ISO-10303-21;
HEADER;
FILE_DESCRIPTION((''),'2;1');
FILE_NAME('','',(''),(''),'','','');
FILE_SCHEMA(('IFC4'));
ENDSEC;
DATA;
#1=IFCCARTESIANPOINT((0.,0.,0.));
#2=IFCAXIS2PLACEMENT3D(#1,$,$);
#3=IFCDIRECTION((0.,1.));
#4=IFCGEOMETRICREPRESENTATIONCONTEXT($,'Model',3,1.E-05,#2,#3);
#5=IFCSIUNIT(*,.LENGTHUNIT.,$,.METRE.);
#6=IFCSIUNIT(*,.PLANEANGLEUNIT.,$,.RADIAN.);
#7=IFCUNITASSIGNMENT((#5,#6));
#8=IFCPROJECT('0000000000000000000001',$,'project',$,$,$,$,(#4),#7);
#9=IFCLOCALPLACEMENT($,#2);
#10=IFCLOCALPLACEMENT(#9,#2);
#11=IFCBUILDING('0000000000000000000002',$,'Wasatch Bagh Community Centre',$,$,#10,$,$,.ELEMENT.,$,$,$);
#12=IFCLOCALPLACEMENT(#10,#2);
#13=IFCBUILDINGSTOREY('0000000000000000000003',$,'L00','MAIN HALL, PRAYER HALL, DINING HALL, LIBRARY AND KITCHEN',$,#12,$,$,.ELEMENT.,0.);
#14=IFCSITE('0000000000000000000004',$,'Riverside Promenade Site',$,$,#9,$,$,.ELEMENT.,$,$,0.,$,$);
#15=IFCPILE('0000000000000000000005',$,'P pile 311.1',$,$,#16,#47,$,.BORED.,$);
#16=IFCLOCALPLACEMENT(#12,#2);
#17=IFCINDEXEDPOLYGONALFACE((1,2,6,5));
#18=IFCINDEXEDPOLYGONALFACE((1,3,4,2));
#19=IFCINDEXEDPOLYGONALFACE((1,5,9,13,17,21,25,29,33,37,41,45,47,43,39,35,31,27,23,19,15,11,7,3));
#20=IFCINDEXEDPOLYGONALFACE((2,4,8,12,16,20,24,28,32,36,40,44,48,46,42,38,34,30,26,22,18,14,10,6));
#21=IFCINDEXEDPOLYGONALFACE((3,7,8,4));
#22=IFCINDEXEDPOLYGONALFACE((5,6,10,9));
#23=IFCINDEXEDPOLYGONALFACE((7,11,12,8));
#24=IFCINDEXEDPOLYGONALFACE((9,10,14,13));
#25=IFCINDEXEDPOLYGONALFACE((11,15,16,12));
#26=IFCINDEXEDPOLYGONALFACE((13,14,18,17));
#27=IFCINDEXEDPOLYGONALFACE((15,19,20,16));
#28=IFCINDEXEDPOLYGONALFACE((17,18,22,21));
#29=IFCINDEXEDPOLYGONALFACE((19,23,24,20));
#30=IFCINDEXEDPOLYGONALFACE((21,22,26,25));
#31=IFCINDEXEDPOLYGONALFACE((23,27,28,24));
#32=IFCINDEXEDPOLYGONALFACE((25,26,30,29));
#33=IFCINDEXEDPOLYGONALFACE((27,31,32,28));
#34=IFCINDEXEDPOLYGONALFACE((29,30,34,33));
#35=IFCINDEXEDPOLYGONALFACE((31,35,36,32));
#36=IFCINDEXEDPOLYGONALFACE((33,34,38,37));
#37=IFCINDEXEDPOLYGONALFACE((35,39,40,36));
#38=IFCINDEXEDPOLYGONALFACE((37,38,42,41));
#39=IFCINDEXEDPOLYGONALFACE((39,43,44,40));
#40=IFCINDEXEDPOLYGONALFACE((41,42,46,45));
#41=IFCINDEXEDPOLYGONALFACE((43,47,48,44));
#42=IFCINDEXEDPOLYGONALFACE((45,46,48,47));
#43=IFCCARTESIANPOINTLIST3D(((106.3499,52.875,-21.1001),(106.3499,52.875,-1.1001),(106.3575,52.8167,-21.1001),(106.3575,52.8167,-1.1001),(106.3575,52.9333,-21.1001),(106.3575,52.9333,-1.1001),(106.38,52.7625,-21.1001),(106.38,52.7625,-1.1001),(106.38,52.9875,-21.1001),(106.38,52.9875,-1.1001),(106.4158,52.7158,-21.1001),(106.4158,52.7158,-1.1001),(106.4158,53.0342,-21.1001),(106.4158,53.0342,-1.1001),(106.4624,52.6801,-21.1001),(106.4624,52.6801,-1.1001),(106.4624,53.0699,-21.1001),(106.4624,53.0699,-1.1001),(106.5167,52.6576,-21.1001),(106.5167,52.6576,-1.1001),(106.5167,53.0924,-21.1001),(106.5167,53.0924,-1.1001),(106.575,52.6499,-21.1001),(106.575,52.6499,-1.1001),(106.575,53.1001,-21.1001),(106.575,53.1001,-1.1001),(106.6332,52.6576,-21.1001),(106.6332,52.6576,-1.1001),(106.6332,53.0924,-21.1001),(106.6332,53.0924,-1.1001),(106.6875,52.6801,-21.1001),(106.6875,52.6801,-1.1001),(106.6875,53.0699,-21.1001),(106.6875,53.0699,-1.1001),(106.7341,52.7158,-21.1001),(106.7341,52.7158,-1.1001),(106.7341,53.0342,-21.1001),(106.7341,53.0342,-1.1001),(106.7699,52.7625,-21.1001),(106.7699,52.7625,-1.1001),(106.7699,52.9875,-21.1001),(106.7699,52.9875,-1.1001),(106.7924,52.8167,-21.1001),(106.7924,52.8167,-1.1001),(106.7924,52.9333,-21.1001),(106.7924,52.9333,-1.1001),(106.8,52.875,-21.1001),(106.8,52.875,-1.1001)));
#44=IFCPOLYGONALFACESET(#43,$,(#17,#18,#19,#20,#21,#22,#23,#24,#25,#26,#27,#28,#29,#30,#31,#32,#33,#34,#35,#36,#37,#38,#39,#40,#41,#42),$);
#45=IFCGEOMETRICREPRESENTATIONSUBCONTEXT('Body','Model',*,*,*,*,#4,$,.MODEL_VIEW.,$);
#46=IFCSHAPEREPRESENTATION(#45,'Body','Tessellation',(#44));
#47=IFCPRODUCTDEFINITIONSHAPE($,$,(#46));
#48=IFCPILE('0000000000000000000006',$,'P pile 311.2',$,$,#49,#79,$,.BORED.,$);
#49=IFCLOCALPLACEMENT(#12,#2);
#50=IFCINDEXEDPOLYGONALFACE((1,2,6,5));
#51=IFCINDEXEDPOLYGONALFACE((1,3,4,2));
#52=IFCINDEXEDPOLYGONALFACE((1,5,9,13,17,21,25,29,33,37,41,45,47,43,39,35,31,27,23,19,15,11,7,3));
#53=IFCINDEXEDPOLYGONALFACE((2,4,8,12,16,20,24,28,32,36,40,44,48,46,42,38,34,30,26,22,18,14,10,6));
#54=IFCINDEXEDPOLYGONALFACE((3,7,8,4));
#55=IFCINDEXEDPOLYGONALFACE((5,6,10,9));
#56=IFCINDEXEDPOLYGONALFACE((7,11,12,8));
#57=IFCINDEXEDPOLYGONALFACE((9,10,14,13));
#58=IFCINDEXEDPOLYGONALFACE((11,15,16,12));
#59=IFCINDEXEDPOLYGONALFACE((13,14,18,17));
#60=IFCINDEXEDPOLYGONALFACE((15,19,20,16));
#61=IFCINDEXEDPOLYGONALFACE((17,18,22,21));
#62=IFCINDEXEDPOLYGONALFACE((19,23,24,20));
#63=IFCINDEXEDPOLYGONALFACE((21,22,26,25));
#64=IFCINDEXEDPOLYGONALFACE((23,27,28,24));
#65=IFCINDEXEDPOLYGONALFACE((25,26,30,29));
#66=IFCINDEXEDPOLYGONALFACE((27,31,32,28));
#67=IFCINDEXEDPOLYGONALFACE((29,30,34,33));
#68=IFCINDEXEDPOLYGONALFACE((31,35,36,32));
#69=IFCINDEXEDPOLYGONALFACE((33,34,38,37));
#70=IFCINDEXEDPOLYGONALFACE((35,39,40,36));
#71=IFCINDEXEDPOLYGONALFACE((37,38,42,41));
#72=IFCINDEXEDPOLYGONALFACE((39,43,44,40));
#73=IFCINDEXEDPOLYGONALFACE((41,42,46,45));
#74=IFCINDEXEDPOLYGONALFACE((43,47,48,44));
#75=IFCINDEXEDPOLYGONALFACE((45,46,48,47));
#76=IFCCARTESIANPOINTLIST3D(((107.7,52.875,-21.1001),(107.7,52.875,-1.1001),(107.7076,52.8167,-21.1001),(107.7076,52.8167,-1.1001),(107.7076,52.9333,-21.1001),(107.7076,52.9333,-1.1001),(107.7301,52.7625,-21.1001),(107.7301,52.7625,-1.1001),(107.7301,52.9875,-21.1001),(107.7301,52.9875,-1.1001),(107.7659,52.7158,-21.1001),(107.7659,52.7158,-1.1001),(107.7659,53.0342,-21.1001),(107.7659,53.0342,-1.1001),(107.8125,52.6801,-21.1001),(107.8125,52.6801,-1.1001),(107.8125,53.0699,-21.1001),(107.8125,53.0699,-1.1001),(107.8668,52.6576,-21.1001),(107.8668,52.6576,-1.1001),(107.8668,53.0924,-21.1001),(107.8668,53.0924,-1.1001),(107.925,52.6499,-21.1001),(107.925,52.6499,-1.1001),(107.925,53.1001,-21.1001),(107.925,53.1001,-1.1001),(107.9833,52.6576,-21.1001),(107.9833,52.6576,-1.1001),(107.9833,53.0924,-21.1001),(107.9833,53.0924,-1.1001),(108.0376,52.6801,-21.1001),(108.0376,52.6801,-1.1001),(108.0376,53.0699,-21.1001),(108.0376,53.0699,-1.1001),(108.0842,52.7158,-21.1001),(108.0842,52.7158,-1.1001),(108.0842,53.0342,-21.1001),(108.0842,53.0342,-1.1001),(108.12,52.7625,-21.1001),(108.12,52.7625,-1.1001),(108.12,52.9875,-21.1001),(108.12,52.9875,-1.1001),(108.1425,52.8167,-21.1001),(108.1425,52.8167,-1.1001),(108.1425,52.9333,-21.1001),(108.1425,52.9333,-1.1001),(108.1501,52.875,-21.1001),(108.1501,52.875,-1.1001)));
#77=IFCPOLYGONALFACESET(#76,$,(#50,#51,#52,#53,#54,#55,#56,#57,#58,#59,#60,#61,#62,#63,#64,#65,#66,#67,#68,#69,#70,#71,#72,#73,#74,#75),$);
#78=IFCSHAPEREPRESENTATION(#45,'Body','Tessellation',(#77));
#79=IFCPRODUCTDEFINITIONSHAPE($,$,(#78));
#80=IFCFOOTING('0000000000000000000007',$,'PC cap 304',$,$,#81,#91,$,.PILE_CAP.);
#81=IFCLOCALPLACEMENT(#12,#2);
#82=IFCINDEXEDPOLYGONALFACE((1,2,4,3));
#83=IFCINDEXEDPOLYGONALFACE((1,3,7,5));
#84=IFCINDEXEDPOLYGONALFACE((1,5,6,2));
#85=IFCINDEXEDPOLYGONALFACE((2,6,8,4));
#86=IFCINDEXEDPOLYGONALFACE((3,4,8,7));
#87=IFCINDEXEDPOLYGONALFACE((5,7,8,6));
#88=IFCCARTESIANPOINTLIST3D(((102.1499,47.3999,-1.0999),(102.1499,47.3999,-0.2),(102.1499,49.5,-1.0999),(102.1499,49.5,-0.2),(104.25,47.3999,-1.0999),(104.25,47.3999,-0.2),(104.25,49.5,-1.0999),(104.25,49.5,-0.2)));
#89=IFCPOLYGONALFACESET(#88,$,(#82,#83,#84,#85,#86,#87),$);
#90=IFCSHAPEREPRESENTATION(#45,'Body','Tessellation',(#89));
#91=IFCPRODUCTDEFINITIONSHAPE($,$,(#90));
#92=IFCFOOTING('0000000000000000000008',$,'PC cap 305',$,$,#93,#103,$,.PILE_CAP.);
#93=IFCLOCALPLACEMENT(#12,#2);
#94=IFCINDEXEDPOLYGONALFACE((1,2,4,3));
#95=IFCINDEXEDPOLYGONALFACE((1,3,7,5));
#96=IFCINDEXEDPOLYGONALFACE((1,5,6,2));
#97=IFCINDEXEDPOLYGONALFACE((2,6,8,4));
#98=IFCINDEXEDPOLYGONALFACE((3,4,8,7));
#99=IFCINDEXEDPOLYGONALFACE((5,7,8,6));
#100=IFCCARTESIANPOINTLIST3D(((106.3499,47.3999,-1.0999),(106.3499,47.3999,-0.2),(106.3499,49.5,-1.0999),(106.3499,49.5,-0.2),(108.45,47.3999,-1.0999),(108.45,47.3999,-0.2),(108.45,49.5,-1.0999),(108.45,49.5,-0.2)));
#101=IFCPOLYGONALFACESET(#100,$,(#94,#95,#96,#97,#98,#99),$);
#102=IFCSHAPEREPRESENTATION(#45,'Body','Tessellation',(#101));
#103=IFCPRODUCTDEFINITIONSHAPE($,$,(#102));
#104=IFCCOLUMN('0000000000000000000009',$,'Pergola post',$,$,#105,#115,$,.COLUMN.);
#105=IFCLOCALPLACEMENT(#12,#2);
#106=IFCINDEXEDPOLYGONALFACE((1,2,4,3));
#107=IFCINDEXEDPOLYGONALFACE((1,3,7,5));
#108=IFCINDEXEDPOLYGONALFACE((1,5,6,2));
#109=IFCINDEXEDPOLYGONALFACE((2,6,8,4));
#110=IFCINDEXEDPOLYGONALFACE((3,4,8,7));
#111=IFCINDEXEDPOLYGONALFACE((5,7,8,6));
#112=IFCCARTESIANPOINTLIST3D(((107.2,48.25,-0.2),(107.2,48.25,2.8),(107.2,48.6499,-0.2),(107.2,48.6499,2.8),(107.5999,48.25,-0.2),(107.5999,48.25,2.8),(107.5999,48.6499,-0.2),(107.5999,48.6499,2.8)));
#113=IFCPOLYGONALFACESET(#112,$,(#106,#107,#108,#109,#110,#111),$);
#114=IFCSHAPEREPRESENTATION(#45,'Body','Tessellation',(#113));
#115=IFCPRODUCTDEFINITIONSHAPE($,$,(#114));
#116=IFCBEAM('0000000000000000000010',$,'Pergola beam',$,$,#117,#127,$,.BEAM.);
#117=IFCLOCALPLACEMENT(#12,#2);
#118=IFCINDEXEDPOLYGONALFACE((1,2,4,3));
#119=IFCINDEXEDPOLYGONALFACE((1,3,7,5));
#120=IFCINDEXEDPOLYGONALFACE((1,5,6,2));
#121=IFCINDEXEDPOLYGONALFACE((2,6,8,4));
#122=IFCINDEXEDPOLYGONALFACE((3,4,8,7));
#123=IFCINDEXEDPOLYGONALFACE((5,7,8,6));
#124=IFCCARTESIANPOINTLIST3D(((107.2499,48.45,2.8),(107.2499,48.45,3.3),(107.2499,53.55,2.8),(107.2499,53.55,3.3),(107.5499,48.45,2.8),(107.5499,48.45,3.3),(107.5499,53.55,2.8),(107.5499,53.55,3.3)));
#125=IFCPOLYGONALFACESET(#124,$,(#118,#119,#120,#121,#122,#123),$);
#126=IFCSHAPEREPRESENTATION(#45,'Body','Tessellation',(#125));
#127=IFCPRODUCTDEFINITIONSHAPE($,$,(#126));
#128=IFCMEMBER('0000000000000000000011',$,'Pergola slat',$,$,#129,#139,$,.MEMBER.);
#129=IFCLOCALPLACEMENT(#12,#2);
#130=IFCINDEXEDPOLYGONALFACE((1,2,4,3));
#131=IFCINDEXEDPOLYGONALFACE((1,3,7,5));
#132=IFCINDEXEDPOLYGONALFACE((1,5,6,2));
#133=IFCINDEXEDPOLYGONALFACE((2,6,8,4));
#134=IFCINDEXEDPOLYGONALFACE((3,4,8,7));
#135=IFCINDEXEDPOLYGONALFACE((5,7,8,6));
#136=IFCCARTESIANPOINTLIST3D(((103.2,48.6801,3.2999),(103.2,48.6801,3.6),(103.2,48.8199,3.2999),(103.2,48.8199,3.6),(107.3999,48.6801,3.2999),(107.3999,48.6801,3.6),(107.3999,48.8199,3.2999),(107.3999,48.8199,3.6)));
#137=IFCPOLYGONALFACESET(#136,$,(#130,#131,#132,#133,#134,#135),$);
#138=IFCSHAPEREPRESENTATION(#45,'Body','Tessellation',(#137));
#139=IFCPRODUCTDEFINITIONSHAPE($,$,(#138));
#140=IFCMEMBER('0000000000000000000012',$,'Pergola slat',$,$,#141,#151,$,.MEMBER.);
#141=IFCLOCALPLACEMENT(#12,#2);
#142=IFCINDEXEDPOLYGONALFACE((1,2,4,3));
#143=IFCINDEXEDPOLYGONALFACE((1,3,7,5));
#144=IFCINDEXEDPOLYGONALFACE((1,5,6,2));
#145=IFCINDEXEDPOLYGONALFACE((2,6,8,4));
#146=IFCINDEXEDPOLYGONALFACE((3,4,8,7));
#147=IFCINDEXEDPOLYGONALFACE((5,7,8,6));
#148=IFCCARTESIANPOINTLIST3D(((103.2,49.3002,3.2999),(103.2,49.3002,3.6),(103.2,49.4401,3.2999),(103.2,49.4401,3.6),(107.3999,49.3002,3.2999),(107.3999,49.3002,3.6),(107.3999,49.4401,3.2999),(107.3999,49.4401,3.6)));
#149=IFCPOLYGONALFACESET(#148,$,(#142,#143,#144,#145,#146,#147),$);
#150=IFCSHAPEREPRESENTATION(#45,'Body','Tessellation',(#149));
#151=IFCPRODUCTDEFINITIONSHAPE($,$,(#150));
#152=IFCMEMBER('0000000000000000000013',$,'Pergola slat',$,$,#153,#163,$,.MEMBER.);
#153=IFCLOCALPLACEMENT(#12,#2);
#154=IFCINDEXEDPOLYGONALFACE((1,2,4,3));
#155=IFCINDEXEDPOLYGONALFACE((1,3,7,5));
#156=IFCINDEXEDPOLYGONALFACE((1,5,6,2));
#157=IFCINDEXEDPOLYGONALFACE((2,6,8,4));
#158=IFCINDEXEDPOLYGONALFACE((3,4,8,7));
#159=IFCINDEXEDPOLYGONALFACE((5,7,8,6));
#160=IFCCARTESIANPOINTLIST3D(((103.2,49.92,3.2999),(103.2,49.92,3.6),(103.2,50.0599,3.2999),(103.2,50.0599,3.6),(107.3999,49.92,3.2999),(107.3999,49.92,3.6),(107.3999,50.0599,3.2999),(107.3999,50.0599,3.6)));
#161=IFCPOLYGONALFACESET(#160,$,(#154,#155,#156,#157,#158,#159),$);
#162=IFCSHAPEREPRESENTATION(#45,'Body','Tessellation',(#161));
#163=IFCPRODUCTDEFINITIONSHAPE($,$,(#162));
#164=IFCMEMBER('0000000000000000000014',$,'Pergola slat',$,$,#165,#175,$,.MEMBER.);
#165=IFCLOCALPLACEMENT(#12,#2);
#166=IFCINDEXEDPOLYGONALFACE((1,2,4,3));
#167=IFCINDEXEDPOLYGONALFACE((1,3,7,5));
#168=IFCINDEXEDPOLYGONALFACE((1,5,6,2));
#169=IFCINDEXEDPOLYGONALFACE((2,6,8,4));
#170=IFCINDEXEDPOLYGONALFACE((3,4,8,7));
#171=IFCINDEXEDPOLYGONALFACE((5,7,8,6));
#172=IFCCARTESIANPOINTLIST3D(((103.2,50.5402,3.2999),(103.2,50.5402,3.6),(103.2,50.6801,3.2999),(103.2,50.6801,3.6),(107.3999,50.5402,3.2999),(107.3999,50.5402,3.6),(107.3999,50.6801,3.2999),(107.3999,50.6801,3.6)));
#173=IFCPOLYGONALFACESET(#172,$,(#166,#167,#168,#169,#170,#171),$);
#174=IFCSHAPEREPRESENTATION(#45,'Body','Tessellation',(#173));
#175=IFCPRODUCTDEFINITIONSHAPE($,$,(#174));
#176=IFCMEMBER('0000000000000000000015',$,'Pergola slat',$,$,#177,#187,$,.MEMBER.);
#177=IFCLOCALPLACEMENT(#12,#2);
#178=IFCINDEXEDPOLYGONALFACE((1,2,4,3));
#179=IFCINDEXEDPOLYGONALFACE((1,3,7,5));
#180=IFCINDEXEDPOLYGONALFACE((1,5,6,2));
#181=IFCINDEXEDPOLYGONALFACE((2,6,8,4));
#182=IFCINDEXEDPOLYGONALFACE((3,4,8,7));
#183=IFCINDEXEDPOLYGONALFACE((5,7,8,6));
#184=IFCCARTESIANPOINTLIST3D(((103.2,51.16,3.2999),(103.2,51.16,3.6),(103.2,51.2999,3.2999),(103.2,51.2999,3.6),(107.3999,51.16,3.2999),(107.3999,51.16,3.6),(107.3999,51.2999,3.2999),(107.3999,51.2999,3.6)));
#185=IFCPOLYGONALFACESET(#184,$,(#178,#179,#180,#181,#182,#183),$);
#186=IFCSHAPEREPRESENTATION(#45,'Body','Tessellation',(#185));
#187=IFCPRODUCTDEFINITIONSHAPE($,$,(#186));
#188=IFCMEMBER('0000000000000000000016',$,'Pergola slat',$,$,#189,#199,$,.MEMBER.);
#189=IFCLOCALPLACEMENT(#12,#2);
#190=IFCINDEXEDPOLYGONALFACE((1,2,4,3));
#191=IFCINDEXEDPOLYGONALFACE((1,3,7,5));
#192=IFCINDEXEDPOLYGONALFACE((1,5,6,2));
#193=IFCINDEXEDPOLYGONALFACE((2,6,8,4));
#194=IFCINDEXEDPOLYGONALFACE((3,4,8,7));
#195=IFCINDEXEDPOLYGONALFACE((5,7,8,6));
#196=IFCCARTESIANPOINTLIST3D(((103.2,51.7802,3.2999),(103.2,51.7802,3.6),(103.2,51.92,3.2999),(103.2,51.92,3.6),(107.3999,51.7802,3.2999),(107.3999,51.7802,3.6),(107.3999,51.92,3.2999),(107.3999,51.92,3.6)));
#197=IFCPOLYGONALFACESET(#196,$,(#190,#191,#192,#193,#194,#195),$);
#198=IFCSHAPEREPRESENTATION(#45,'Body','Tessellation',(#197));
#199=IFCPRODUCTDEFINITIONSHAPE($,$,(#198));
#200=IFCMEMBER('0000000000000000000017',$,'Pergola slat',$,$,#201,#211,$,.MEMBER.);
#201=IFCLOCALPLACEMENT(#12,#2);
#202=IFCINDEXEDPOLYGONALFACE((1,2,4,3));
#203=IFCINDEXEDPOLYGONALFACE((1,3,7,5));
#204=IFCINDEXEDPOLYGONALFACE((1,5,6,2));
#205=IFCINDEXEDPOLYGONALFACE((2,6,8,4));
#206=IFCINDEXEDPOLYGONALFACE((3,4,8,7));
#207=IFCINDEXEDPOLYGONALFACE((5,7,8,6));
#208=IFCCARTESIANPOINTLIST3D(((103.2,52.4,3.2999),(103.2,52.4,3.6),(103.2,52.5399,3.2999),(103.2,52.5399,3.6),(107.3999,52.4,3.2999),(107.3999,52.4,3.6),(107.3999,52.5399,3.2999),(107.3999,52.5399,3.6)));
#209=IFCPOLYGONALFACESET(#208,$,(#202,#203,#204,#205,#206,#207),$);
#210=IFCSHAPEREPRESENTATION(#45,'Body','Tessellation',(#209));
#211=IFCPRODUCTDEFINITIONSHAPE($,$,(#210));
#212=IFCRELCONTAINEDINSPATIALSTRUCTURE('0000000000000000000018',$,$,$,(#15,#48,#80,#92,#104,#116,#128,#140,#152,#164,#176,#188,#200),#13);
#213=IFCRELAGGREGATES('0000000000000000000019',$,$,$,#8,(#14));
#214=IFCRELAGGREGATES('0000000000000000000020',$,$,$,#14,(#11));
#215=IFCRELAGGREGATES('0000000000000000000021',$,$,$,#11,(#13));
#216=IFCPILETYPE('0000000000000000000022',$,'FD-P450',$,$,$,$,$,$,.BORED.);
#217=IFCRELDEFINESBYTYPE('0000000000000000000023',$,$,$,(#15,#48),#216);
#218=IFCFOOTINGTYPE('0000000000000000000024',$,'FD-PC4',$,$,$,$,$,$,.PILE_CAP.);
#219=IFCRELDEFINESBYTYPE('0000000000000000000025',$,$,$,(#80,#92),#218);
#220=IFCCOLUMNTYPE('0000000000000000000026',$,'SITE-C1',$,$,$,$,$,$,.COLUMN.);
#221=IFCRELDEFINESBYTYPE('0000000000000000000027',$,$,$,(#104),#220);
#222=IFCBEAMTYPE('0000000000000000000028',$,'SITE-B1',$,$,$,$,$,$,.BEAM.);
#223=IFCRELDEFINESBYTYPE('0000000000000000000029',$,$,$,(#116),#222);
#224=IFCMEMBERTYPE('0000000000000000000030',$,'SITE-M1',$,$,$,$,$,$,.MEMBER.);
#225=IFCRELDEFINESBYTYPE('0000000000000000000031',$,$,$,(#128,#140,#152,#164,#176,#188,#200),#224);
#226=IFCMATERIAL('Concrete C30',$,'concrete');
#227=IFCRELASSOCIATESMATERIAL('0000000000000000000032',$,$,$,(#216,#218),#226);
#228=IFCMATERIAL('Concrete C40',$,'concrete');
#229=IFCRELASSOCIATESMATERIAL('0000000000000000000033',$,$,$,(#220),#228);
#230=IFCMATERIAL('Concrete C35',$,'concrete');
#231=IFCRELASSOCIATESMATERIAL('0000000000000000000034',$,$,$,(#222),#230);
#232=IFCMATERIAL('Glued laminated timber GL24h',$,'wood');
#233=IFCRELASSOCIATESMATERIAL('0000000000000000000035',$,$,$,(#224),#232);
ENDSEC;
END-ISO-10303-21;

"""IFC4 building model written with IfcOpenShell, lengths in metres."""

from ifc_helpers import new_model, si_unit, direction, frame, origin, origin_2d, place, context, subcontext, project, spatial, rectangle, circle, extrude, material, material_profile, profile_set, type_object, element, save


model = new_model("IFC4")

# Units and contexts
model_context = context("Model", 3, precision=1e-05, world=origin(), true_north=direction((0.0, 1.0)))
body_context = subcontext(model_context, "Body", "Model", "MODEL_VIEW")
ifc_project = project(units=[si_unit("LENGTHUNIT", "METRE"), si_unit("PLANEANGLEUNIT", "RADIAN")], contexts=[model_context])

# Site, building, storey
site_placement = place(None, origin())
site = spatial("IfcSite", under=ifc_project, at=site_placement, Name="Riverside Promenade Site", CompositionType="ELEMENT", RefElevation=0.0)
building_placement = place(site_placement, origin())
building = spatial("IfcBuilding", under=site, at=building_placement, Name="Wasatch Bagh Community Centre", CompositionType="ELEMENT")
storey_placement = place(building_placement, origin())
storey = spatial("IfcBuildingStorey", under=building, at=storey_placement, Name="L00", Description="MAIN HALL, PRAYER HALL, DINING HALL, LIBRARY AND KITCHEN", CompositionType="ELEMENT", Elevation=0.0)

# Shared definitions
ifc_material_1 = material(Name="Concrete C35", Category="concrete")

# Piles
ifc_material_2 = material(Name="Concrete C30", Category="concrete")
ifc_material_profile_1 = material_profile(ifc_material_2, circle(Radius=0.2251, at=origin_2d()), Name="RC D450")
ifc_profile_set_1 = profile_set([ifc_material_profile_1], Name="Concrete C30")
pile_type = type_object("IfcPileType", Name="FD-P450", PredefinedType="BORED", material=ifc_profile_set_1)
for number, where, z_axis, x_axis, name in (
    (1, (106.575, 52.875, -1.1001), (0.0, 0.0, -1.0), (1.0, 0.0, 0.0), "P pile 311.1"),
    (2, (107.925, 52.875, -1.1001), (0.0, 0.0, -1.0), (1.0, 0.0, 0.0), "P pile 311.2"),
):
    element("IfcPile", number, at=place(storey_placement, frame(where, z_axis=z_axis, x_axis=x_axis)), inside=storey, type_object=pile_type, Name=name, PredefinedType="BORED", context=body_context, shape_type="SweptSolid", body=[
        extrude(circle(Radius=0.2251, at=origin_2d()), origin(), (0.0, 0.0, 1.0), 20.0),
    ])

# Footings
footing_type_1 = type_object("IfcFootingType", Name="FD-PC4", PredefinedType="PILE_CAP", material=ifc_material_2)
for number, where, z_axis, x_axis, name in (
    (3, (103.2, 48.45, -1.0999), (0.0, 0.0, 1.0), (1.0, 0.0, 0.0), "PC cap 304"),
    (4, (107.3999, 48.45, -1.0999), (0.0, 0.0, 1.0), (1.0, 0.0, 0.0), "PC cap 305"),
):
    element("IfcFooting", number, at=place(storey_placement, frame(where, z_axis=z_axis, x_axis=x_axis)), inside=storey, type_object=footing_type_1, Name=name, PredefinedType="PILE_CAP", context=body_context, shape_type="SweptSolid", body=[
        extrude(rectangle(XDim=2.1001, YDim=2.1001, at=origin_2d()), origin(), (0.0, 0.0, 1.0), 0.8999),
    ])

# Column
ifc_material_3 = material(Name="Concrete C40", Category="concrete")
ifc_material_profile_2 = material_profile(ifc_material_3, rectangle(XDim=0.3999, YDim=0.3999, at=origin_2d()), Name="RC 400x400")
ifc_profile_set_2 = profile_set([ifc_material_profile_2], Name="Concrete C40")
column_type = type_object("IfcColumnType", Name="SITE-C1", PredefinedType="COLUMN", material=ifc_profile_set_2)
column_placement = place(storey_placement, frame((107.3999, 48.45, -0.2), z_axis=(0.0, 0.0, 1.0), x_axis=(1.0, 0.0, 0.0)))
element("IfcColumn", 5, at=column_placement, inside=storey, type_object=column_type, Name="Pergola post", PredefinedType="COLUMN", context=body_context, shape_type="SweptSolid", body=[
    extrude(rectangle(XDim=0.3999, YDim=0.3999, at=origin_2d()), origin(), (0.0, 0.0, 1.0), 3.0),
])

# Beam
ifc_material_profile_3 = material_profile(ifc_material_1, rectangle(XDim=0.3, YDim=0.5, at=origin_2d()), Name="RC 300x500")
ifc_profile_set_3 = profile_set([ifc_material_profile_3], Name="Concrete C35")
beam_type = type_object("IfcBeamType", Name="SITE-B1", PredefinedType="BEAM", material=ifc_profile_set_3)
beam_placement = place(storey_placement, frame((107.3999, 48.45, 3.05), z_axis=(0.0, 1.0, 0.0), x_axis=(-1.0, 0.0, 0.0)))
element("IfcBeam", 6, at=beam_placement, inside=storey, type_object=beam_type, Name="Pergola beam", PredefinedType="BEAM", context=body_context, shape_type="SweptSolid", body=[
    extrude(rectangle(XDim=0.3, YDim=0.5, at=origin_2d()), origin(), (0.0, 0.0, 1.0), 5.1001),
])

# Members
ifc_material_4 = material(Name="Glued laminated timber GL24h", Category="wood")
ifc_material_profile_4 = material_profile(ifc_material_4, rectangle(XDim=0.1399, YDim=0.3, at=origin_2d()), Name="GL 140x300")
ifc_profile_set_4 = profile_set([ifc_material_profile_4], Name="Glued laminated timber GL24h")
member_type = type_object("IfcMemberType", Name="SITE-M1", PredefinedType="MEMBER", material=ifc_profile_set_4)
for number, where, z_axis, x_axis, name in (
    (7, (103.2, 48.75, 3.45), (1.0, 0.0, 0.0), (0.0, 1.0, 0.0), "Pergola slat"),
    (8, (103.2, 49.3701, 3.45), (1.0, 0.0, 0.0), (0.0, 1.0, 0.0), "Pergola slat"),
    (9, (103.2, 49.99, 3.45), (1.0, 0.0, 0.0), (0.0, 1.0, 0.0), "Pergola slat"),
    (10, (103.2, 50.6101, 3.45), (1.0, 0.0, 0.0), (0.0, 1.0, 0.0), "Pergola slat"),
    (11, (103.2, 51.23, 3.45), (1.0, 0.0, 0.0), (0.0, 1.0, 0.0), "Pergola slat"),
    (12, (103.2, 51.8501, 3.45), (1.0, 0.0, 0.0), (0.0, 1.0, 0.0), "Pergola slat"),
    (13, (103.2, 52.47, 3.45), (1.0, 0.0, 0.0), (0.0, 1.0, 0.0), "Pergola slat"),
):
    element("IfcMember", number, at=place(storey_placement, frame(where, z_axis=z_axis, x_axis=x_axis)), inside=storey, type_object=member_type, Name=name, PredefinedType="MEMBER", context=body_context, shape_type="SweptSolid", body=[
        extrude(rectangle(XDim=0.1399, YDim=0.3, at=origin_2d()), origin(), (0.0, 0.0, 1.0), 4.2),
    ])

save(model, "model.ifc")
